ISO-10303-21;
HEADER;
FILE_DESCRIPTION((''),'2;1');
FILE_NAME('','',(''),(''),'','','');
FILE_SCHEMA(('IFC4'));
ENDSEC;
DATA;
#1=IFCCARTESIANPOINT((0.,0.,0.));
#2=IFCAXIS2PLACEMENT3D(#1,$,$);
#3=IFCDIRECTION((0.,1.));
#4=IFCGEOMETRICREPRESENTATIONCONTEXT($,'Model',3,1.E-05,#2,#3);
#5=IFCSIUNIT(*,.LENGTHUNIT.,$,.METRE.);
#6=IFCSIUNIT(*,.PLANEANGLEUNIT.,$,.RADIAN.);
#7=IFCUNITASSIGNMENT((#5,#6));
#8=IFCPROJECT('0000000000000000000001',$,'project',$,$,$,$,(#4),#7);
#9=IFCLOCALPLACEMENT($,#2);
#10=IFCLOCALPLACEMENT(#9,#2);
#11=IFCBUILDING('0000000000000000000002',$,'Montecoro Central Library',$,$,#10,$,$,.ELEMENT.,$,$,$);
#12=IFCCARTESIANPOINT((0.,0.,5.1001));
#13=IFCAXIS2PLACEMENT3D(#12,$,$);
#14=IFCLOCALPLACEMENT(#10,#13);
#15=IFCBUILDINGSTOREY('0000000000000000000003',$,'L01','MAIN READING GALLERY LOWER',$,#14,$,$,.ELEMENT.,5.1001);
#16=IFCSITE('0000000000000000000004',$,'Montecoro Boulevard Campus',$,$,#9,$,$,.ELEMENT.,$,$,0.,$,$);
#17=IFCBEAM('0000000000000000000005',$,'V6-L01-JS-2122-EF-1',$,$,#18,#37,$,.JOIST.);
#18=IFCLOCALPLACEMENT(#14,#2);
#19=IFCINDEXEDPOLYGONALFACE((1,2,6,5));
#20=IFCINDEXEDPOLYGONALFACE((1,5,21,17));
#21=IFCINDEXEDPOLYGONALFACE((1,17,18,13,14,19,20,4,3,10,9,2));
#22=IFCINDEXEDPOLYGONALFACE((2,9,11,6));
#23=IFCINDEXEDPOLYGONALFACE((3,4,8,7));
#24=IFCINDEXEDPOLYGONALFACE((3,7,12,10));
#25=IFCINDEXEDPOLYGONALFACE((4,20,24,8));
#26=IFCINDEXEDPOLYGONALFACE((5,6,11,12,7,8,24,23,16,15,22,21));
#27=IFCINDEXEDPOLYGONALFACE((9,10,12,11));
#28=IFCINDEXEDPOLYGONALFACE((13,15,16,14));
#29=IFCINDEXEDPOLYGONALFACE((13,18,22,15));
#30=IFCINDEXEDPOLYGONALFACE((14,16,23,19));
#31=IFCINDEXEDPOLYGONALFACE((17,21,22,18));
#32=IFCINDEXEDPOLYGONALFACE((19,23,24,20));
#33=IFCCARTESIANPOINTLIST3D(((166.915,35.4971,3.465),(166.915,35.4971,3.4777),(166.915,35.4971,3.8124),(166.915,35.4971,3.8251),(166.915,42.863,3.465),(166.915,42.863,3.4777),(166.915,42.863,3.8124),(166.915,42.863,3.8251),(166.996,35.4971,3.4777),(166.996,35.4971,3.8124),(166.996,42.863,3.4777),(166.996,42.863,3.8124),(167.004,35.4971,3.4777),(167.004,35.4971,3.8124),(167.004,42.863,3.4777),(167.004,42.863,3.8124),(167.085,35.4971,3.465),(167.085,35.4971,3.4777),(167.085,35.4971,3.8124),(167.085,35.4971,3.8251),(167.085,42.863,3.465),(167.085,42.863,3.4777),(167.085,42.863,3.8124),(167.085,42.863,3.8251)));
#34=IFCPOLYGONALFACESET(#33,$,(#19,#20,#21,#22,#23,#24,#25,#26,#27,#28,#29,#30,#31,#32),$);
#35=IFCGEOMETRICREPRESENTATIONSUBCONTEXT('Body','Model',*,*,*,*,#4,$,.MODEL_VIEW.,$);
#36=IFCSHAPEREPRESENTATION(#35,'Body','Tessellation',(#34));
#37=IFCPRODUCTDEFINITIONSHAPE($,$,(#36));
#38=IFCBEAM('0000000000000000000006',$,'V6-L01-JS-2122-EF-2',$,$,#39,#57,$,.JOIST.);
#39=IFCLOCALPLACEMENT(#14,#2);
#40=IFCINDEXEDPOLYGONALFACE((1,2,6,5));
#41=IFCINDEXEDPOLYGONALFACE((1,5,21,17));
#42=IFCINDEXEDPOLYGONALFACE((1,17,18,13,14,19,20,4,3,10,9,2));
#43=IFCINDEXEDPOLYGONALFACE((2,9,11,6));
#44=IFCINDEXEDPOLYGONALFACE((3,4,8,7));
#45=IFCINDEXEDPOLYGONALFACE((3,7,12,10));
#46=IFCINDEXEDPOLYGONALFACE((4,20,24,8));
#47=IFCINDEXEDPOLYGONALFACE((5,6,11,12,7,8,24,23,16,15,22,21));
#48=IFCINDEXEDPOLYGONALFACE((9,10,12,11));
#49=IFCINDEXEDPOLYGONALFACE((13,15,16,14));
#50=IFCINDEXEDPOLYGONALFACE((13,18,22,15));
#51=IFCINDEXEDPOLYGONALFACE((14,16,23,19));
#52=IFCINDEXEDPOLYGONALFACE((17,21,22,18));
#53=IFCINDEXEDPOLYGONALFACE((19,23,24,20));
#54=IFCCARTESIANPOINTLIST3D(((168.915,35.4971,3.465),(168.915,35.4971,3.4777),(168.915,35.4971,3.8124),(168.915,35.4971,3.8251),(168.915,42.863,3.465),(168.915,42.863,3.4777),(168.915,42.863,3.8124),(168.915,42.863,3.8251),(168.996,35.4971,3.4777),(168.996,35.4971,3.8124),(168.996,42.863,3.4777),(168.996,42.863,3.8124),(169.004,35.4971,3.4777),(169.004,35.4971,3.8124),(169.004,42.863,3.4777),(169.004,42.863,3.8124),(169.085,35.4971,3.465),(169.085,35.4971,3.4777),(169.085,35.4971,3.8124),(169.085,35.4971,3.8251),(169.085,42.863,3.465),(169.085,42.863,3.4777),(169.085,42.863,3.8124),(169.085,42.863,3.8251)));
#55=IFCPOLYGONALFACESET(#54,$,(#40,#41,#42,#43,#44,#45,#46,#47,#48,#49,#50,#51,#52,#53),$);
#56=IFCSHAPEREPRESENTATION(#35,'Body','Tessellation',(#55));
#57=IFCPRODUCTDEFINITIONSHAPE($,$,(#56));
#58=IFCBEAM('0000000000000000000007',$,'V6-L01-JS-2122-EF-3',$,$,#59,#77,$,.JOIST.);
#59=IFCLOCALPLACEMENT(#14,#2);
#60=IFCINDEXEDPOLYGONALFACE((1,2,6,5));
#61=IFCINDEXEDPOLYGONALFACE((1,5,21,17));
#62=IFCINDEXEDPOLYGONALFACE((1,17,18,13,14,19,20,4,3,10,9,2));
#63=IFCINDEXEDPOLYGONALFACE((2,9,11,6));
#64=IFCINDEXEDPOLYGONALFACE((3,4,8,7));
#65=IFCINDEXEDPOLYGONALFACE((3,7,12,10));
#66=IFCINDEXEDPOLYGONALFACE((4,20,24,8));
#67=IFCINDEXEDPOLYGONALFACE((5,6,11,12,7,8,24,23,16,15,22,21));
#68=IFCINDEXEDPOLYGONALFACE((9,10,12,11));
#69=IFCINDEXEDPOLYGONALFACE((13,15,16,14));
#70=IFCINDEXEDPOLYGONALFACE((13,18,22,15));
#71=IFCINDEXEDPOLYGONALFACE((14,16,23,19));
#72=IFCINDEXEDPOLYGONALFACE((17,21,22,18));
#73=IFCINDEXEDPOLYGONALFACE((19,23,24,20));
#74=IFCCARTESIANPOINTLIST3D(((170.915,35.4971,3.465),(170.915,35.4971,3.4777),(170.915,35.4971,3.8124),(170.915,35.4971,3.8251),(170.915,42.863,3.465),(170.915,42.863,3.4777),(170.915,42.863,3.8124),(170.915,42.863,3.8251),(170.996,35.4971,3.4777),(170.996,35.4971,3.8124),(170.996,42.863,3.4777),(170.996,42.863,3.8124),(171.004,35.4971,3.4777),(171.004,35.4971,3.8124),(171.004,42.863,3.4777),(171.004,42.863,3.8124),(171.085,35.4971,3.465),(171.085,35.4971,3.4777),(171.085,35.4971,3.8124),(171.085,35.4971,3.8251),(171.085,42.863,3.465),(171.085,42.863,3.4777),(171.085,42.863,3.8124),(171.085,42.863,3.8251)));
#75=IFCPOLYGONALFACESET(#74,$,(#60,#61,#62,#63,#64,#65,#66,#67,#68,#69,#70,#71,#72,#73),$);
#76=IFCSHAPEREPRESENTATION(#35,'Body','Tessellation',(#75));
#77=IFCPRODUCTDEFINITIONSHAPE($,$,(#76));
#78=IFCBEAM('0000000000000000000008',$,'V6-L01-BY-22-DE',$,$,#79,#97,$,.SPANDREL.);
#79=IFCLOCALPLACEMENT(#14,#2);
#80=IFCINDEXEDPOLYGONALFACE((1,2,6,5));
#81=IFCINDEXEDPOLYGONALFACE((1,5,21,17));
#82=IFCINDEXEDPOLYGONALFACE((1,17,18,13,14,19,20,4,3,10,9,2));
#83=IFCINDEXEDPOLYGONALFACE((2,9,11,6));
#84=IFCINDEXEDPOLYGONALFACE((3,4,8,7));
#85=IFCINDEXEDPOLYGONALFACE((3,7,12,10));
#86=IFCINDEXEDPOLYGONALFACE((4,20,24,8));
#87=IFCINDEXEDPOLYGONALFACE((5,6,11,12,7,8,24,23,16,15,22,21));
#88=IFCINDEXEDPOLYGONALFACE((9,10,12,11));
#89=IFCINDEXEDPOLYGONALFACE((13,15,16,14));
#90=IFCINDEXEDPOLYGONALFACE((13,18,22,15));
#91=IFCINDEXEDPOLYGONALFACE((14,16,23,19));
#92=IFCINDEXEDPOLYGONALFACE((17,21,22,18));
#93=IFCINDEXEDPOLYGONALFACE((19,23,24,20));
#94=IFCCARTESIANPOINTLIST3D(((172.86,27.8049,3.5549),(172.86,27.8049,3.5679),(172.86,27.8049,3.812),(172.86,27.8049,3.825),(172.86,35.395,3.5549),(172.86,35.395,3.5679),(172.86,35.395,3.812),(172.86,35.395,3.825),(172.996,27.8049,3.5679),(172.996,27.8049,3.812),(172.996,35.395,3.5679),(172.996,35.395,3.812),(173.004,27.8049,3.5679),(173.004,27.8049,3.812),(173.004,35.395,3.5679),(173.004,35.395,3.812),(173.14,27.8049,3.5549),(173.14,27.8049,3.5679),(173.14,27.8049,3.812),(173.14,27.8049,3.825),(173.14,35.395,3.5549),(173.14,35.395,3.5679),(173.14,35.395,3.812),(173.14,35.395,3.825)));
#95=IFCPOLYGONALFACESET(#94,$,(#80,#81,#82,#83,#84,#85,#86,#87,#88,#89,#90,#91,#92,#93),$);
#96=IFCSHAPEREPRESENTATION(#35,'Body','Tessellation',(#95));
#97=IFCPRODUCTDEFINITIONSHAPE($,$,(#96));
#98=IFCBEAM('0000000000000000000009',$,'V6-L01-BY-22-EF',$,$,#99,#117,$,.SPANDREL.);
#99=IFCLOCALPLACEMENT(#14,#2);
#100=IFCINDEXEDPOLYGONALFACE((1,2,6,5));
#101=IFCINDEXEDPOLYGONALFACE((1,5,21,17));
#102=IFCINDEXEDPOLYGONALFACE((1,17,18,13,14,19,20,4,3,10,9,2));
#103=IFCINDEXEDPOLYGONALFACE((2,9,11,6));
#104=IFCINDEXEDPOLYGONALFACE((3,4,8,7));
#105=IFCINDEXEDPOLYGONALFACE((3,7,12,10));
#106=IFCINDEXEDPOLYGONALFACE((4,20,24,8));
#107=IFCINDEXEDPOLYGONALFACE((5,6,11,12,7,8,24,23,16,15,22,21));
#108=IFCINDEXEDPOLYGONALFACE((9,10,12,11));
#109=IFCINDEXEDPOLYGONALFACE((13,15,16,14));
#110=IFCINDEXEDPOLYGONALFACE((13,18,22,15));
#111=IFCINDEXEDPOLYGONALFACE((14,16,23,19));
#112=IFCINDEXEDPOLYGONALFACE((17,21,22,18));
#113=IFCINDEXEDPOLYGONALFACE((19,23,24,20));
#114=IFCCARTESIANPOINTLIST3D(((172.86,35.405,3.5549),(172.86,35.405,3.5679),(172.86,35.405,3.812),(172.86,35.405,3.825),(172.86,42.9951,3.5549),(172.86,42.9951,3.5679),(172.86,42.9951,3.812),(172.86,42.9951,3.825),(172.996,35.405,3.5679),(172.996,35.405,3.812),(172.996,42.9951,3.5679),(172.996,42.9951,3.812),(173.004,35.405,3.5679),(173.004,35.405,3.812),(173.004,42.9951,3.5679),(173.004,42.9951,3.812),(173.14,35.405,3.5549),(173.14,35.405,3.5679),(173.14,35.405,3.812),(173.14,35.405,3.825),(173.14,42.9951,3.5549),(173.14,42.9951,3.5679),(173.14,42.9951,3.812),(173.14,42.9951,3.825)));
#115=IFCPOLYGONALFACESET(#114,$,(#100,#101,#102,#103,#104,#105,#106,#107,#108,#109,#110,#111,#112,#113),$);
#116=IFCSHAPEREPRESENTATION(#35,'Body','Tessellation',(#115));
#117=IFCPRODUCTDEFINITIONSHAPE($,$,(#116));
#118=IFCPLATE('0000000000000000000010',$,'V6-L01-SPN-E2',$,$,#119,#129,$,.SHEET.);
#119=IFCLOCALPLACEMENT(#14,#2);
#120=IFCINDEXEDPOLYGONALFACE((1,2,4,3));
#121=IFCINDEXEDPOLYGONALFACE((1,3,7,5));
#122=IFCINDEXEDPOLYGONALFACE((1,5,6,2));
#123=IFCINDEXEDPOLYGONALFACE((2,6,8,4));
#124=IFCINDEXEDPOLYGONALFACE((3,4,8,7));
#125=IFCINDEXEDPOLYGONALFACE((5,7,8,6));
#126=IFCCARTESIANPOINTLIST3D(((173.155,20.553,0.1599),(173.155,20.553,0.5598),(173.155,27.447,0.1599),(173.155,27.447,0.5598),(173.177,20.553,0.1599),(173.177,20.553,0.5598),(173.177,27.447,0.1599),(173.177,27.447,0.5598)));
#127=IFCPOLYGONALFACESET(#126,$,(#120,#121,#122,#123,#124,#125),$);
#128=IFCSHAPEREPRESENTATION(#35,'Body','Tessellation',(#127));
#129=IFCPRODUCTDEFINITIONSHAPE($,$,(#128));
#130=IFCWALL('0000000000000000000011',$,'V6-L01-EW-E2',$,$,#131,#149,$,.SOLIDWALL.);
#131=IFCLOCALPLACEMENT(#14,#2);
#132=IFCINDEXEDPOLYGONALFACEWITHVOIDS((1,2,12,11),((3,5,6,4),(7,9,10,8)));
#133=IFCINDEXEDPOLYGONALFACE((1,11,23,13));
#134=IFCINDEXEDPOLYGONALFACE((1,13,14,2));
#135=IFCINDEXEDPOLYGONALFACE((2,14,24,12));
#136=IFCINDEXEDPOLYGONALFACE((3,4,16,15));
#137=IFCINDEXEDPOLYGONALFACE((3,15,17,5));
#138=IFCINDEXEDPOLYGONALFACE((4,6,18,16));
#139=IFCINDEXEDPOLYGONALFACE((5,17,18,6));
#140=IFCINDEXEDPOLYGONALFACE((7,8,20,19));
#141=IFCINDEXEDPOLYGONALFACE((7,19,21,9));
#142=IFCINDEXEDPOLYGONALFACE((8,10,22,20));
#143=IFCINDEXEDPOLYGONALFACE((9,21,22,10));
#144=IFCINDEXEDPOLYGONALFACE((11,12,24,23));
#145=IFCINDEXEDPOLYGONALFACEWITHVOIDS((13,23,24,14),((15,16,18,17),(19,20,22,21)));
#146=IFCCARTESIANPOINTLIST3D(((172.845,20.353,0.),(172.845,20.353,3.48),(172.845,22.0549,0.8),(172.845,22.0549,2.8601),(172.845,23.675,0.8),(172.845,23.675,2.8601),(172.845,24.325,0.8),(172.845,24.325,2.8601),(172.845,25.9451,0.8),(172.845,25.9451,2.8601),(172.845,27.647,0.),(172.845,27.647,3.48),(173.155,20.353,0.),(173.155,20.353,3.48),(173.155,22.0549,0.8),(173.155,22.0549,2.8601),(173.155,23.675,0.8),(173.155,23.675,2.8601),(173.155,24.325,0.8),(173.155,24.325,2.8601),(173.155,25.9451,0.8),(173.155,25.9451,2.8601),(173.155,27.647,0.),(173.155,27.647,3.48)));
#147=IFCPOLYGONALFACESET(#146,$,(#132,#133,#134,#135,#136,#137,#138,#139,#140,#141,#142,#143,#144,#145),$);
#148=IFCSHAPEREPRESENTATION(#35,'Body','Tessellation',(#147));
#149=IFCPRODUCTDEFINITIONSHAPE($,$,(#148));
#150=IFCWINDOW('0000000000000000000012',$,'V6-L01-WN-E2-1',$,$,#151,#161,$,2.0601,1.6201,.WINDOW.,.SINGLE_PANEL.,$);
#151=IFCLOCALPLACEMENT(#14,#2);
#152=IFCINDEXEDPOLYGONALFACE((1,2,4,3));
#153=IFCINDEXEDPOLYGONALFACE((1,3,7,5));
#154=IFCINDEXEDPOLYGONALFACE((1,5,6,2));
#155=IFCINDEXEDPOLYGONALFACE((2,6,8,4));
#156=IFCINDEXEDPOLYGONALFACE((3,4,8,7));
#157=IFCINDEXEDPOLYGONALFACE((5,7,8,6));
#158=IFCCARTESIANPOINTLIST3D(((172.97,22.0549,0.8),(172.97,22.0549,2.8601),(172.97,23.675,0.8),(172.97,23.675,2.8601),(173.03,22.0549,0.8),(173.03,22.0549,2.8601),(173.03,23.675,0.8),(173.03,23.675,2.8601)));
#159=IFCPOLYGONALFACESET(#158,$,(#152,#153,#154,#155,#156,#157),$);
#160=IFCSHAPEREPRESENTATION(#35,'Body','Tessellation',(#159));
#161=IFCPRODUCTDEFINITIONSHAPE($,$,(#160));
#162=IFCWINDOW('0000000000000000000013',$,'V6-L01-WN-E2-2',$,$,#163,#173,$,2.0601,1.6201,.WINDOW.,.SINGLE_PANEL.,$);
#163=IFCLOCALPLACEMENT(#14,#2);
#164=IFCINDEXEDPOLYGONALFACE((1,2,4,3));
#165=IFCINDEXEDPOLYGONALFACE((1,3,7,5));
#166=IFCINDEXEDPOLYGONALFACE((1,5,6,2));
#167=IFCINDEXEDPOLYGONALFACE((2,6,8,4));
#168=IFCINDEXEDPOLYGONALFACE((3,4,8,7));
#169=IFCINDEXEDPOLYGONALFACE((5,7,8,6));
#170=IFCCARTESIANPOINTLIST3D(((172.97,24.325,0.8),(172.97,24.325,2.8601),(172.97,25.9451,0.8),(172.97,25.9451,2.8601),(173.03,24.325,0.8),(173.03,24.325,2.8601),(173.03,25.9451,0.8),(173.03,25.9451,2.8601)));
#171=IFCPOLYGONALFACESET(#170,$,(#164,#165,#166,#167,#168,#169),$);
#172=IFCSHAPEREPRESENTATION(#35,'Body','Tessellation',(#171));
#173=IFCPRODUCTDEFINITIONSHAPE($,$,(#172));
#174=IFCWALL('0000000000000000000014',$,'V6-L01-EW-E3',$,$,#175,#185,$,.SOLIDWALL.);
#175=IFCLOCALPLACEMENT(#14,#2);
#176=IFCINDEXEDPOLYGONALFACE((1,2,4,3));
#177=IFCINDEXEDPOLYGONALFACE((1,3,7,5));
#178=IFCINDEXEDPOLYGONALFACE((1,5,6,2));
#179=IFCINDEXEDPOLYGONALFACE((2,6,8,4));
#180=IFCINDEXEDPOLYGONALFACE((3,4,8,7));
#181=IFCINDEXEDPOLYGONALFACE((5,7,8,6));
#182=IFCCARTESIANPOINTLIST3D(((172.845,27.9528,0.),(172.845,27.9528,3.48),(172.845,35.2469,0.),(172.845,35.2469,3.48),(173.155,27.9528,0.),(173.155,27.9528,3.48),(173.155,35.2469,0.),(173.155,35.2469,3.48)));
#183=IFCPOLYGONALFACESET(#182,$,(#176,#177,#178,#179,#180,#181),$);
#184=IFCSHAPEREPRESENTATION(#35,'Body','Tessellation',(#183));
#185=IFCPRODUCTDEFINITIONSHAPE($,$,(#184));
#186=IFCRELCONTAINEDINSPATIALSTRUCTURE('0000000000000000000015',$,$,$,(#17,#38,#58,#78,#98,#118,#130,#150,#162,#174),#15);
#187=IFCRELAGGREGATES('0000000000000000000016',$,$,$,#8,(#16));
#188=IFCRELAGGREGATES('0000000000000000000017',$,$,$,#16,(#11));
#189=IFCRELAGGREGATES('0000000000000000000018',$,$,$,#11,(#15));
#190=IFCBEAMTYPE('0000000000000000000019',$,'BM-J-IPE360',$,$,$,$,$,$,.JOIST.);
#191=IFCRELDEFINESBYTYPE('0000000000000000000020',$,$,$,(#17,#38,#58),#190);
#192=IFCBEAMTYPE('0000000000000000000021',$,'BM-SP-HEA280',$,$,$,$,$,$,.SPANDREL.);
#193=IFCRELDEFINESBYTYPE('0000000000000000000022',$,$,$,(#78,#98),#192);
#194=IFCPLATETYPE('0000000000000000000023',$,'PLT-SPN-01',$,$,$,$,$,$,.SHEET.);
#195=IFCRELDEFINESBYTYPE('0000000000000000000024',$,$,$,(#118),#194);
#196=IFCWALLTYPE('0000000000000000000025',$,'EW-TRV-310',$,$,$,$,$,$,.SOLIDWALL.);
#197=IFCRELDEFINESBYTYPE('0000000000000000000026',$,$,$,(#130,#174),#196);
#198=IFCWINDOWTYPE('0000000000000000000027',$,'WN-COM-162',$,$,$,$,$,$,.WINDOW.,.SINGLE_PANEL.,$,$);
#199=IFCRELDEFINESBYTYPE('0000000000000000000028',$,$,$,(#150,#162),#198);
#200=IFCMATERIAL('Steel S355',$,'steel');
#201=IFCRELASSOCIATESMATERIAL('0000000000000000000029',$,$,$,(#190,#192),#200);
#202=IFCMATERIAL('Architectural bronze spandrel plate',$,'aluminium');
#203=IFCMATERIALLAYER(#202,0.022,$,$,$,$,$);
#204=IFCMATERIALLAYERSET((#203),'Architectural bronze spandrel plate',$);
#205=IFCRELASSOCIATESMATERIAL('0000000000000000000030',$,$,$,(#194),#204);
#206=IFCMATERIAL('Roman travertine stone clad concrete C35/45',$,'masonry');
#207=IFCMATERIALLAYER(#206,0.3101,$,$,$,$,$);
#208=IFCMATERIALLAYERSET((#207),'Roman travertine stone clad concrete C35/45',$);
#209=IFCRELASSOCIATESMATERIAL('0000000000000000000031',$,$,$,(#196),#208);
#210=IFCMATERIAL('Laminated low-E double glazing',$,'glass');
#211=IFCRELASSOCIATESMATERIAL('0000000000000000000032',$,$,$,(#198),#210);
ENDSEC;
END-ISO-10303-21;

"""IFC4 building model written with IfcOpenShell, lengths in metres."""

from ifc_helpers import new_model, si_unit, direction, frame, frame_2d, origin, origin_2d, place, context, subcontext, project, spatial, rectangle, i_section, extrude, material, layer, layer_set, material_profile, profile_set, type_object, element, fill, save


model = new_model("IFC4")

# Units and contexts
model_context = context("Model", 3, precision=1e-05, world=origin(), true_north=direction((0.0, 1.0)))
body_context = subcontext(model_context, "Body", "Model", "MODEL_VIEW")
ifc_project = project(units=[si_unit("LENGTHUNIT", "METRE"), si_unit("PLANEANGLEUNIT", "RADIAN")], contexts=[model_context])

# Site, building, storey
site_placement = place(None, origin())
site = spatial("IfcSite", under=ifc_project, at=site_placement, Name="Montecoro Boulevard Campus", CompositionType="ELEMENT", RefElevation=0.0)
building_placement = place(site_placement, origin())
building = spatial("IfcBuilding", under=site, at=building_placement, Name="Montecoro Central Library", CompositionType="ELEMENT")
storey_placement = place(building_placement, frame((0.0, 0.0, 5.1001)))
storey = spatial("IfcBuildingStorey", under=building, at=storey_placement, Name="L01", Description="MAIN READING GALLERY LOWER", CompositionType="ELEMENT", Elevation=5.1001)

# Shared definitions
ifc_material_1 = material(Name="Steel S355", Category="steel")

# Beams
ifc_material_profile_1 = material_profile(ifc_material_1, i_section(OverallWidth=0.1699, OverallDepth=0.3601, WebThickness=0.0081, FlangeThickness=0.0127, at=origin_2d()), Name="IPE 360")
ifc_profile_set_1 = profile_set([ifc_material_profile_1], Name="Steel S355")
beam_type_1 = type_object("IfcBeamType", Name="BM-J-IPE360", PredefinedType="JOIST", material=ifc_profile_set_1)
for number, where, z_axis, x_axis, name in (
    (1, (167.0, 35.4971, 3.645), (0.0, 1.0, 0.0), (-1.0, 0.0, 0.0), "V6-L01-JS-2122-EF-1"),
    (2, (169.0, 35.4971, 3.645), (0.0, 1.0, 0.0), (-1.0, 0.0, 0.0), "V6-L01-JS-2122-EF-2"),
    (3, (171.0, 35.4971, 3.645), (0.0, 1.0, 0.0), (-1.0, 0.0, 0.0), "V6-L01-JS-2122-EF-3"),
):
    element("IfcBeam", number, at=place(storey_placement, frame(where, z_axis=z_axis, x_axis=x_axis)), inside=storey, type_object=beam_type_1, Name=name, PredefinedType="JOIST", context=body_context, shape_type="SweptSolid", body=[
        extrude(i_section(OverallWidth=0.1699, OverallDepth=0.3601, WebThickness=0.0081, FlangeThickness=0.0127, at=origin_2d()), origin(), (0.0, 0.0, 1.0), 7.366),
    ])
ifc_material_profile_2 = material_profile(ifc_material_1, i_section(OverallWidth=0.28, OverallDepth=0.27, WebThickness=0.0081, FlangeThickness=0.0129, at=origin_2d()), Name="HEA 280")
ifc_profile_set_2 = profile_set([ifc_material_profile_2], Name="Steel S355")
beam_type_2 = type_object("IfcBeamType", Name="BM-SP-HEA280", PredefinedType="SPANDREL", material=ifc_profile_set_2)
for number, where, z_axis, x_axis, name in (
    (4, (173.0, 27.8049, 3.6899), (0.0, 1.0, 0.0), (-1.0, 0.0, 0.0), "V6-L01-BY-22-DE"),
    (5, (173.0, 35.405, 3.6899), (0.0, 1.0, 0.0), (-1.0, 0.0, 0.0), "V6-L01-BY-22-EF"),
):
    element("IfcBeam", number, at=place(storey_placement, frame(where, z_axis=z_axis, x_axis=x_axis)), inside=storey, type_object=beam_type_2, Name=name, PredefinedType="SPANDREL", context=body_context, shape_type="SweptSolid", body=[
        extrude(i_section(OverallWidth=0.28, OverallDepth=0.27, WebThickness=0.0081, FlangeThickness=0.0129, at=origin_2d()), origin(), (0.0, 0.0, 1.0), 7.5901),
    ])

# Plate
ifc_material_2 = material(Name="Architectural bronze spandrel plate", Category="aluminium")
ifc_layer_1 = layer(ifc_material_2, 0.022)
ifc_layer_set_1 = layer_set([ifc_layer_1], Name="Architectural bronze spandrel plate")
plate_type = type_object("IfcPlateType", Name="PLT-SPN-01", PredefinedType="SHEET", material=ifc_layer_set_1)
plate_placement = place(storey_placement, frame((173.166, 24.0, 0.1599), z_axis=(0.0, 0.0, 1.0), x_axis=(0.0, 1.0, 0.0)))
element("IfcPlate", 6, at=plate_placement, inside=storey, type_object=plate_type, Name="V6-L01-SPN-E2", PredefinedType="SHEET", context=body_context, shape_type="SweptSolid", body=[
    extrude(rectangle(XDim=6.894, YDim=0.022, at=origin_2d()), origin(), (0.0, 0.0, 1.0), 0.3999),
])

# Wall, openings, windows
ifc_material_3 = material(Name="Roman travertine stone clad concrete C35/45", Category="masonry")
ifc_layer_2 = layer(ifc_material_3, 0.3101)
ifc_layer_set_2 = layer_set([ifc_layer_2], Name="Roman travertine stone clad concrete C35/45")
wall_type_1 = type_object("IfcWallType", Name="EW-TRV-310", PredefinedType="SOLIDWALL", material=ifc_layer_set_2)
wall_1_placement = place(storey_placement, frame((173.0, 20.353, 0.0), z_axis=(0.0, 0.0, 1.0), x_axis=(0.0, 1.0, 0.0)))
wall_1 = element("IfcWall", 7, at=wall_1_placement, inside=storey, type_object=wall_type_1, Name="V6-L01-EW-E2", PredefinedType="SOLIDWALL", context=body_context, shape_type="SweptSolid", body=[
    extrude(rectangle(XDim=7.2939, YDim=0.3101, at=frame_2d((3.647, 0.0))), origin(), (0.0, 0.0, 1.0), 3.48),
])
opening_1_placement = place(wall_1_placement, frame((1.7019, 0.0, 0.8)))
opening_1 = element("IfcOpeningElement", 8, at=opening_1_placement, cuts=wall_1, PredefinedType="OPENING", context=body_context, shape_type="SweptSolid", body=[
    extrude(rectangle(XDim=1.6201, YDim=2.0601, at=frame_2d((0.8101, 1.03))), frame((0.0, 0.165, 0.0), z_axis=(0.0, -1.0, 0.0), x_axis=(1.0, 0.0, 0.0)), (0.0, 0.0, 1.0), 0.3301),
])
opening_2_placement = place(wall_1_placement, frame((3.9719, 0.0, 0.8)))
opening_2 = element("IfcOpeningElement", 9, at=opening_2_placement, cuts=wall_1, PredefinedType="OPENING", context=body_context, shape_type="SweptSolid", body=[
    extrude(rectangle(XDim=1.6201, YDim=2.0601, at=frame_2d((0.8101, 1.03))), frame((0.0, 0.165, 0.0), z_axis=(0.0, -1.0, 0.0), x_axis=(1.0, 0.0, 0.0)), (0.0, 0.0, 1.0), 0.3301),
])
ifc_material_4 = material(Name="Laminated low-E double glazing", Category="glass")
window_type = type_object("IfcWindowType", Name="WN-COM-162", PartitioningType="SINGLE_PANEL", PredefinedType="WINDOW", material=ifc_material_4)
window_1_placement = place(opening_1_placement, origin())
window_1 = element("IfcWindow", 10, at=window_1_placement, inside=storey, type_object=window_type, Name="V6-L01-WN-E2-1", OverallHeight=2.0601, OverallWidth=1.6201, PartitioningType="SINGLE_PANEL", PredefinedType="WINDOW", context=body_context, shape_type="SweptSolid", body=[
    extrude(rectangle(XDim=1.6201, YDim=2.0601, at=frame_2d((0.8101, 1.03))), frame((0.0, 0.03, 0.0), z_axis=(0.0, -1.0, 0.0), x_axis=(1.0, 0.0, 0.0)), (0.0, 0.0, 1.0), 0.0601),
])
fill(opening_1, window_1)
window_2_placement = place(opening_2_placement, origin())
window_2 = element("IfcWindow", 11, at=window_2_placement, inside=storey, type_object=window_type, Name="V6-L01-WN-E2-2", OverallHeight=2.0601, OverallWidth=1.6201, PartitioningType="SINGLE_PANEL", PredefinedType="WINDOW", context=body_context, shape_type="SweptSolid", body=[
    extrude(rectangle(XDim=1.6201, YDim=2.0601, at=frame_2d((0.8101, 1.03))), frame((0.0, 0.03, 0.0), z_axis=(0.0, -1.0, 0.0), x_axis=(1.0, 0.0, 0.0)), (0.0, 0.0, 1.0), 0.0601),
])
fill(opening_2, window_2)

# Wall
wall_2_placement = place(storey_placement, frame((173.0, 27.9529, 0.0), z_axis=(0.0, 0.0, 1.0), x_axis=(0.0, 1.0, 0.0)))
element("IfcWall", 12, at=wall_2_placement, inside=storey, type_object=wall_type_1, Name="V6-L01-EW-E3", PredefinedType="SOLIDWALL", context=body_context, shape_type="SweptSolid", body=[
    extrude(rectangle(XDim=7.2942, YDim=0.3101, at=frame_2d((3.647, 0.0))), origin(), (0.0, 0.0, 1.0), 3.48),
])

save(model, "model.ifc")
